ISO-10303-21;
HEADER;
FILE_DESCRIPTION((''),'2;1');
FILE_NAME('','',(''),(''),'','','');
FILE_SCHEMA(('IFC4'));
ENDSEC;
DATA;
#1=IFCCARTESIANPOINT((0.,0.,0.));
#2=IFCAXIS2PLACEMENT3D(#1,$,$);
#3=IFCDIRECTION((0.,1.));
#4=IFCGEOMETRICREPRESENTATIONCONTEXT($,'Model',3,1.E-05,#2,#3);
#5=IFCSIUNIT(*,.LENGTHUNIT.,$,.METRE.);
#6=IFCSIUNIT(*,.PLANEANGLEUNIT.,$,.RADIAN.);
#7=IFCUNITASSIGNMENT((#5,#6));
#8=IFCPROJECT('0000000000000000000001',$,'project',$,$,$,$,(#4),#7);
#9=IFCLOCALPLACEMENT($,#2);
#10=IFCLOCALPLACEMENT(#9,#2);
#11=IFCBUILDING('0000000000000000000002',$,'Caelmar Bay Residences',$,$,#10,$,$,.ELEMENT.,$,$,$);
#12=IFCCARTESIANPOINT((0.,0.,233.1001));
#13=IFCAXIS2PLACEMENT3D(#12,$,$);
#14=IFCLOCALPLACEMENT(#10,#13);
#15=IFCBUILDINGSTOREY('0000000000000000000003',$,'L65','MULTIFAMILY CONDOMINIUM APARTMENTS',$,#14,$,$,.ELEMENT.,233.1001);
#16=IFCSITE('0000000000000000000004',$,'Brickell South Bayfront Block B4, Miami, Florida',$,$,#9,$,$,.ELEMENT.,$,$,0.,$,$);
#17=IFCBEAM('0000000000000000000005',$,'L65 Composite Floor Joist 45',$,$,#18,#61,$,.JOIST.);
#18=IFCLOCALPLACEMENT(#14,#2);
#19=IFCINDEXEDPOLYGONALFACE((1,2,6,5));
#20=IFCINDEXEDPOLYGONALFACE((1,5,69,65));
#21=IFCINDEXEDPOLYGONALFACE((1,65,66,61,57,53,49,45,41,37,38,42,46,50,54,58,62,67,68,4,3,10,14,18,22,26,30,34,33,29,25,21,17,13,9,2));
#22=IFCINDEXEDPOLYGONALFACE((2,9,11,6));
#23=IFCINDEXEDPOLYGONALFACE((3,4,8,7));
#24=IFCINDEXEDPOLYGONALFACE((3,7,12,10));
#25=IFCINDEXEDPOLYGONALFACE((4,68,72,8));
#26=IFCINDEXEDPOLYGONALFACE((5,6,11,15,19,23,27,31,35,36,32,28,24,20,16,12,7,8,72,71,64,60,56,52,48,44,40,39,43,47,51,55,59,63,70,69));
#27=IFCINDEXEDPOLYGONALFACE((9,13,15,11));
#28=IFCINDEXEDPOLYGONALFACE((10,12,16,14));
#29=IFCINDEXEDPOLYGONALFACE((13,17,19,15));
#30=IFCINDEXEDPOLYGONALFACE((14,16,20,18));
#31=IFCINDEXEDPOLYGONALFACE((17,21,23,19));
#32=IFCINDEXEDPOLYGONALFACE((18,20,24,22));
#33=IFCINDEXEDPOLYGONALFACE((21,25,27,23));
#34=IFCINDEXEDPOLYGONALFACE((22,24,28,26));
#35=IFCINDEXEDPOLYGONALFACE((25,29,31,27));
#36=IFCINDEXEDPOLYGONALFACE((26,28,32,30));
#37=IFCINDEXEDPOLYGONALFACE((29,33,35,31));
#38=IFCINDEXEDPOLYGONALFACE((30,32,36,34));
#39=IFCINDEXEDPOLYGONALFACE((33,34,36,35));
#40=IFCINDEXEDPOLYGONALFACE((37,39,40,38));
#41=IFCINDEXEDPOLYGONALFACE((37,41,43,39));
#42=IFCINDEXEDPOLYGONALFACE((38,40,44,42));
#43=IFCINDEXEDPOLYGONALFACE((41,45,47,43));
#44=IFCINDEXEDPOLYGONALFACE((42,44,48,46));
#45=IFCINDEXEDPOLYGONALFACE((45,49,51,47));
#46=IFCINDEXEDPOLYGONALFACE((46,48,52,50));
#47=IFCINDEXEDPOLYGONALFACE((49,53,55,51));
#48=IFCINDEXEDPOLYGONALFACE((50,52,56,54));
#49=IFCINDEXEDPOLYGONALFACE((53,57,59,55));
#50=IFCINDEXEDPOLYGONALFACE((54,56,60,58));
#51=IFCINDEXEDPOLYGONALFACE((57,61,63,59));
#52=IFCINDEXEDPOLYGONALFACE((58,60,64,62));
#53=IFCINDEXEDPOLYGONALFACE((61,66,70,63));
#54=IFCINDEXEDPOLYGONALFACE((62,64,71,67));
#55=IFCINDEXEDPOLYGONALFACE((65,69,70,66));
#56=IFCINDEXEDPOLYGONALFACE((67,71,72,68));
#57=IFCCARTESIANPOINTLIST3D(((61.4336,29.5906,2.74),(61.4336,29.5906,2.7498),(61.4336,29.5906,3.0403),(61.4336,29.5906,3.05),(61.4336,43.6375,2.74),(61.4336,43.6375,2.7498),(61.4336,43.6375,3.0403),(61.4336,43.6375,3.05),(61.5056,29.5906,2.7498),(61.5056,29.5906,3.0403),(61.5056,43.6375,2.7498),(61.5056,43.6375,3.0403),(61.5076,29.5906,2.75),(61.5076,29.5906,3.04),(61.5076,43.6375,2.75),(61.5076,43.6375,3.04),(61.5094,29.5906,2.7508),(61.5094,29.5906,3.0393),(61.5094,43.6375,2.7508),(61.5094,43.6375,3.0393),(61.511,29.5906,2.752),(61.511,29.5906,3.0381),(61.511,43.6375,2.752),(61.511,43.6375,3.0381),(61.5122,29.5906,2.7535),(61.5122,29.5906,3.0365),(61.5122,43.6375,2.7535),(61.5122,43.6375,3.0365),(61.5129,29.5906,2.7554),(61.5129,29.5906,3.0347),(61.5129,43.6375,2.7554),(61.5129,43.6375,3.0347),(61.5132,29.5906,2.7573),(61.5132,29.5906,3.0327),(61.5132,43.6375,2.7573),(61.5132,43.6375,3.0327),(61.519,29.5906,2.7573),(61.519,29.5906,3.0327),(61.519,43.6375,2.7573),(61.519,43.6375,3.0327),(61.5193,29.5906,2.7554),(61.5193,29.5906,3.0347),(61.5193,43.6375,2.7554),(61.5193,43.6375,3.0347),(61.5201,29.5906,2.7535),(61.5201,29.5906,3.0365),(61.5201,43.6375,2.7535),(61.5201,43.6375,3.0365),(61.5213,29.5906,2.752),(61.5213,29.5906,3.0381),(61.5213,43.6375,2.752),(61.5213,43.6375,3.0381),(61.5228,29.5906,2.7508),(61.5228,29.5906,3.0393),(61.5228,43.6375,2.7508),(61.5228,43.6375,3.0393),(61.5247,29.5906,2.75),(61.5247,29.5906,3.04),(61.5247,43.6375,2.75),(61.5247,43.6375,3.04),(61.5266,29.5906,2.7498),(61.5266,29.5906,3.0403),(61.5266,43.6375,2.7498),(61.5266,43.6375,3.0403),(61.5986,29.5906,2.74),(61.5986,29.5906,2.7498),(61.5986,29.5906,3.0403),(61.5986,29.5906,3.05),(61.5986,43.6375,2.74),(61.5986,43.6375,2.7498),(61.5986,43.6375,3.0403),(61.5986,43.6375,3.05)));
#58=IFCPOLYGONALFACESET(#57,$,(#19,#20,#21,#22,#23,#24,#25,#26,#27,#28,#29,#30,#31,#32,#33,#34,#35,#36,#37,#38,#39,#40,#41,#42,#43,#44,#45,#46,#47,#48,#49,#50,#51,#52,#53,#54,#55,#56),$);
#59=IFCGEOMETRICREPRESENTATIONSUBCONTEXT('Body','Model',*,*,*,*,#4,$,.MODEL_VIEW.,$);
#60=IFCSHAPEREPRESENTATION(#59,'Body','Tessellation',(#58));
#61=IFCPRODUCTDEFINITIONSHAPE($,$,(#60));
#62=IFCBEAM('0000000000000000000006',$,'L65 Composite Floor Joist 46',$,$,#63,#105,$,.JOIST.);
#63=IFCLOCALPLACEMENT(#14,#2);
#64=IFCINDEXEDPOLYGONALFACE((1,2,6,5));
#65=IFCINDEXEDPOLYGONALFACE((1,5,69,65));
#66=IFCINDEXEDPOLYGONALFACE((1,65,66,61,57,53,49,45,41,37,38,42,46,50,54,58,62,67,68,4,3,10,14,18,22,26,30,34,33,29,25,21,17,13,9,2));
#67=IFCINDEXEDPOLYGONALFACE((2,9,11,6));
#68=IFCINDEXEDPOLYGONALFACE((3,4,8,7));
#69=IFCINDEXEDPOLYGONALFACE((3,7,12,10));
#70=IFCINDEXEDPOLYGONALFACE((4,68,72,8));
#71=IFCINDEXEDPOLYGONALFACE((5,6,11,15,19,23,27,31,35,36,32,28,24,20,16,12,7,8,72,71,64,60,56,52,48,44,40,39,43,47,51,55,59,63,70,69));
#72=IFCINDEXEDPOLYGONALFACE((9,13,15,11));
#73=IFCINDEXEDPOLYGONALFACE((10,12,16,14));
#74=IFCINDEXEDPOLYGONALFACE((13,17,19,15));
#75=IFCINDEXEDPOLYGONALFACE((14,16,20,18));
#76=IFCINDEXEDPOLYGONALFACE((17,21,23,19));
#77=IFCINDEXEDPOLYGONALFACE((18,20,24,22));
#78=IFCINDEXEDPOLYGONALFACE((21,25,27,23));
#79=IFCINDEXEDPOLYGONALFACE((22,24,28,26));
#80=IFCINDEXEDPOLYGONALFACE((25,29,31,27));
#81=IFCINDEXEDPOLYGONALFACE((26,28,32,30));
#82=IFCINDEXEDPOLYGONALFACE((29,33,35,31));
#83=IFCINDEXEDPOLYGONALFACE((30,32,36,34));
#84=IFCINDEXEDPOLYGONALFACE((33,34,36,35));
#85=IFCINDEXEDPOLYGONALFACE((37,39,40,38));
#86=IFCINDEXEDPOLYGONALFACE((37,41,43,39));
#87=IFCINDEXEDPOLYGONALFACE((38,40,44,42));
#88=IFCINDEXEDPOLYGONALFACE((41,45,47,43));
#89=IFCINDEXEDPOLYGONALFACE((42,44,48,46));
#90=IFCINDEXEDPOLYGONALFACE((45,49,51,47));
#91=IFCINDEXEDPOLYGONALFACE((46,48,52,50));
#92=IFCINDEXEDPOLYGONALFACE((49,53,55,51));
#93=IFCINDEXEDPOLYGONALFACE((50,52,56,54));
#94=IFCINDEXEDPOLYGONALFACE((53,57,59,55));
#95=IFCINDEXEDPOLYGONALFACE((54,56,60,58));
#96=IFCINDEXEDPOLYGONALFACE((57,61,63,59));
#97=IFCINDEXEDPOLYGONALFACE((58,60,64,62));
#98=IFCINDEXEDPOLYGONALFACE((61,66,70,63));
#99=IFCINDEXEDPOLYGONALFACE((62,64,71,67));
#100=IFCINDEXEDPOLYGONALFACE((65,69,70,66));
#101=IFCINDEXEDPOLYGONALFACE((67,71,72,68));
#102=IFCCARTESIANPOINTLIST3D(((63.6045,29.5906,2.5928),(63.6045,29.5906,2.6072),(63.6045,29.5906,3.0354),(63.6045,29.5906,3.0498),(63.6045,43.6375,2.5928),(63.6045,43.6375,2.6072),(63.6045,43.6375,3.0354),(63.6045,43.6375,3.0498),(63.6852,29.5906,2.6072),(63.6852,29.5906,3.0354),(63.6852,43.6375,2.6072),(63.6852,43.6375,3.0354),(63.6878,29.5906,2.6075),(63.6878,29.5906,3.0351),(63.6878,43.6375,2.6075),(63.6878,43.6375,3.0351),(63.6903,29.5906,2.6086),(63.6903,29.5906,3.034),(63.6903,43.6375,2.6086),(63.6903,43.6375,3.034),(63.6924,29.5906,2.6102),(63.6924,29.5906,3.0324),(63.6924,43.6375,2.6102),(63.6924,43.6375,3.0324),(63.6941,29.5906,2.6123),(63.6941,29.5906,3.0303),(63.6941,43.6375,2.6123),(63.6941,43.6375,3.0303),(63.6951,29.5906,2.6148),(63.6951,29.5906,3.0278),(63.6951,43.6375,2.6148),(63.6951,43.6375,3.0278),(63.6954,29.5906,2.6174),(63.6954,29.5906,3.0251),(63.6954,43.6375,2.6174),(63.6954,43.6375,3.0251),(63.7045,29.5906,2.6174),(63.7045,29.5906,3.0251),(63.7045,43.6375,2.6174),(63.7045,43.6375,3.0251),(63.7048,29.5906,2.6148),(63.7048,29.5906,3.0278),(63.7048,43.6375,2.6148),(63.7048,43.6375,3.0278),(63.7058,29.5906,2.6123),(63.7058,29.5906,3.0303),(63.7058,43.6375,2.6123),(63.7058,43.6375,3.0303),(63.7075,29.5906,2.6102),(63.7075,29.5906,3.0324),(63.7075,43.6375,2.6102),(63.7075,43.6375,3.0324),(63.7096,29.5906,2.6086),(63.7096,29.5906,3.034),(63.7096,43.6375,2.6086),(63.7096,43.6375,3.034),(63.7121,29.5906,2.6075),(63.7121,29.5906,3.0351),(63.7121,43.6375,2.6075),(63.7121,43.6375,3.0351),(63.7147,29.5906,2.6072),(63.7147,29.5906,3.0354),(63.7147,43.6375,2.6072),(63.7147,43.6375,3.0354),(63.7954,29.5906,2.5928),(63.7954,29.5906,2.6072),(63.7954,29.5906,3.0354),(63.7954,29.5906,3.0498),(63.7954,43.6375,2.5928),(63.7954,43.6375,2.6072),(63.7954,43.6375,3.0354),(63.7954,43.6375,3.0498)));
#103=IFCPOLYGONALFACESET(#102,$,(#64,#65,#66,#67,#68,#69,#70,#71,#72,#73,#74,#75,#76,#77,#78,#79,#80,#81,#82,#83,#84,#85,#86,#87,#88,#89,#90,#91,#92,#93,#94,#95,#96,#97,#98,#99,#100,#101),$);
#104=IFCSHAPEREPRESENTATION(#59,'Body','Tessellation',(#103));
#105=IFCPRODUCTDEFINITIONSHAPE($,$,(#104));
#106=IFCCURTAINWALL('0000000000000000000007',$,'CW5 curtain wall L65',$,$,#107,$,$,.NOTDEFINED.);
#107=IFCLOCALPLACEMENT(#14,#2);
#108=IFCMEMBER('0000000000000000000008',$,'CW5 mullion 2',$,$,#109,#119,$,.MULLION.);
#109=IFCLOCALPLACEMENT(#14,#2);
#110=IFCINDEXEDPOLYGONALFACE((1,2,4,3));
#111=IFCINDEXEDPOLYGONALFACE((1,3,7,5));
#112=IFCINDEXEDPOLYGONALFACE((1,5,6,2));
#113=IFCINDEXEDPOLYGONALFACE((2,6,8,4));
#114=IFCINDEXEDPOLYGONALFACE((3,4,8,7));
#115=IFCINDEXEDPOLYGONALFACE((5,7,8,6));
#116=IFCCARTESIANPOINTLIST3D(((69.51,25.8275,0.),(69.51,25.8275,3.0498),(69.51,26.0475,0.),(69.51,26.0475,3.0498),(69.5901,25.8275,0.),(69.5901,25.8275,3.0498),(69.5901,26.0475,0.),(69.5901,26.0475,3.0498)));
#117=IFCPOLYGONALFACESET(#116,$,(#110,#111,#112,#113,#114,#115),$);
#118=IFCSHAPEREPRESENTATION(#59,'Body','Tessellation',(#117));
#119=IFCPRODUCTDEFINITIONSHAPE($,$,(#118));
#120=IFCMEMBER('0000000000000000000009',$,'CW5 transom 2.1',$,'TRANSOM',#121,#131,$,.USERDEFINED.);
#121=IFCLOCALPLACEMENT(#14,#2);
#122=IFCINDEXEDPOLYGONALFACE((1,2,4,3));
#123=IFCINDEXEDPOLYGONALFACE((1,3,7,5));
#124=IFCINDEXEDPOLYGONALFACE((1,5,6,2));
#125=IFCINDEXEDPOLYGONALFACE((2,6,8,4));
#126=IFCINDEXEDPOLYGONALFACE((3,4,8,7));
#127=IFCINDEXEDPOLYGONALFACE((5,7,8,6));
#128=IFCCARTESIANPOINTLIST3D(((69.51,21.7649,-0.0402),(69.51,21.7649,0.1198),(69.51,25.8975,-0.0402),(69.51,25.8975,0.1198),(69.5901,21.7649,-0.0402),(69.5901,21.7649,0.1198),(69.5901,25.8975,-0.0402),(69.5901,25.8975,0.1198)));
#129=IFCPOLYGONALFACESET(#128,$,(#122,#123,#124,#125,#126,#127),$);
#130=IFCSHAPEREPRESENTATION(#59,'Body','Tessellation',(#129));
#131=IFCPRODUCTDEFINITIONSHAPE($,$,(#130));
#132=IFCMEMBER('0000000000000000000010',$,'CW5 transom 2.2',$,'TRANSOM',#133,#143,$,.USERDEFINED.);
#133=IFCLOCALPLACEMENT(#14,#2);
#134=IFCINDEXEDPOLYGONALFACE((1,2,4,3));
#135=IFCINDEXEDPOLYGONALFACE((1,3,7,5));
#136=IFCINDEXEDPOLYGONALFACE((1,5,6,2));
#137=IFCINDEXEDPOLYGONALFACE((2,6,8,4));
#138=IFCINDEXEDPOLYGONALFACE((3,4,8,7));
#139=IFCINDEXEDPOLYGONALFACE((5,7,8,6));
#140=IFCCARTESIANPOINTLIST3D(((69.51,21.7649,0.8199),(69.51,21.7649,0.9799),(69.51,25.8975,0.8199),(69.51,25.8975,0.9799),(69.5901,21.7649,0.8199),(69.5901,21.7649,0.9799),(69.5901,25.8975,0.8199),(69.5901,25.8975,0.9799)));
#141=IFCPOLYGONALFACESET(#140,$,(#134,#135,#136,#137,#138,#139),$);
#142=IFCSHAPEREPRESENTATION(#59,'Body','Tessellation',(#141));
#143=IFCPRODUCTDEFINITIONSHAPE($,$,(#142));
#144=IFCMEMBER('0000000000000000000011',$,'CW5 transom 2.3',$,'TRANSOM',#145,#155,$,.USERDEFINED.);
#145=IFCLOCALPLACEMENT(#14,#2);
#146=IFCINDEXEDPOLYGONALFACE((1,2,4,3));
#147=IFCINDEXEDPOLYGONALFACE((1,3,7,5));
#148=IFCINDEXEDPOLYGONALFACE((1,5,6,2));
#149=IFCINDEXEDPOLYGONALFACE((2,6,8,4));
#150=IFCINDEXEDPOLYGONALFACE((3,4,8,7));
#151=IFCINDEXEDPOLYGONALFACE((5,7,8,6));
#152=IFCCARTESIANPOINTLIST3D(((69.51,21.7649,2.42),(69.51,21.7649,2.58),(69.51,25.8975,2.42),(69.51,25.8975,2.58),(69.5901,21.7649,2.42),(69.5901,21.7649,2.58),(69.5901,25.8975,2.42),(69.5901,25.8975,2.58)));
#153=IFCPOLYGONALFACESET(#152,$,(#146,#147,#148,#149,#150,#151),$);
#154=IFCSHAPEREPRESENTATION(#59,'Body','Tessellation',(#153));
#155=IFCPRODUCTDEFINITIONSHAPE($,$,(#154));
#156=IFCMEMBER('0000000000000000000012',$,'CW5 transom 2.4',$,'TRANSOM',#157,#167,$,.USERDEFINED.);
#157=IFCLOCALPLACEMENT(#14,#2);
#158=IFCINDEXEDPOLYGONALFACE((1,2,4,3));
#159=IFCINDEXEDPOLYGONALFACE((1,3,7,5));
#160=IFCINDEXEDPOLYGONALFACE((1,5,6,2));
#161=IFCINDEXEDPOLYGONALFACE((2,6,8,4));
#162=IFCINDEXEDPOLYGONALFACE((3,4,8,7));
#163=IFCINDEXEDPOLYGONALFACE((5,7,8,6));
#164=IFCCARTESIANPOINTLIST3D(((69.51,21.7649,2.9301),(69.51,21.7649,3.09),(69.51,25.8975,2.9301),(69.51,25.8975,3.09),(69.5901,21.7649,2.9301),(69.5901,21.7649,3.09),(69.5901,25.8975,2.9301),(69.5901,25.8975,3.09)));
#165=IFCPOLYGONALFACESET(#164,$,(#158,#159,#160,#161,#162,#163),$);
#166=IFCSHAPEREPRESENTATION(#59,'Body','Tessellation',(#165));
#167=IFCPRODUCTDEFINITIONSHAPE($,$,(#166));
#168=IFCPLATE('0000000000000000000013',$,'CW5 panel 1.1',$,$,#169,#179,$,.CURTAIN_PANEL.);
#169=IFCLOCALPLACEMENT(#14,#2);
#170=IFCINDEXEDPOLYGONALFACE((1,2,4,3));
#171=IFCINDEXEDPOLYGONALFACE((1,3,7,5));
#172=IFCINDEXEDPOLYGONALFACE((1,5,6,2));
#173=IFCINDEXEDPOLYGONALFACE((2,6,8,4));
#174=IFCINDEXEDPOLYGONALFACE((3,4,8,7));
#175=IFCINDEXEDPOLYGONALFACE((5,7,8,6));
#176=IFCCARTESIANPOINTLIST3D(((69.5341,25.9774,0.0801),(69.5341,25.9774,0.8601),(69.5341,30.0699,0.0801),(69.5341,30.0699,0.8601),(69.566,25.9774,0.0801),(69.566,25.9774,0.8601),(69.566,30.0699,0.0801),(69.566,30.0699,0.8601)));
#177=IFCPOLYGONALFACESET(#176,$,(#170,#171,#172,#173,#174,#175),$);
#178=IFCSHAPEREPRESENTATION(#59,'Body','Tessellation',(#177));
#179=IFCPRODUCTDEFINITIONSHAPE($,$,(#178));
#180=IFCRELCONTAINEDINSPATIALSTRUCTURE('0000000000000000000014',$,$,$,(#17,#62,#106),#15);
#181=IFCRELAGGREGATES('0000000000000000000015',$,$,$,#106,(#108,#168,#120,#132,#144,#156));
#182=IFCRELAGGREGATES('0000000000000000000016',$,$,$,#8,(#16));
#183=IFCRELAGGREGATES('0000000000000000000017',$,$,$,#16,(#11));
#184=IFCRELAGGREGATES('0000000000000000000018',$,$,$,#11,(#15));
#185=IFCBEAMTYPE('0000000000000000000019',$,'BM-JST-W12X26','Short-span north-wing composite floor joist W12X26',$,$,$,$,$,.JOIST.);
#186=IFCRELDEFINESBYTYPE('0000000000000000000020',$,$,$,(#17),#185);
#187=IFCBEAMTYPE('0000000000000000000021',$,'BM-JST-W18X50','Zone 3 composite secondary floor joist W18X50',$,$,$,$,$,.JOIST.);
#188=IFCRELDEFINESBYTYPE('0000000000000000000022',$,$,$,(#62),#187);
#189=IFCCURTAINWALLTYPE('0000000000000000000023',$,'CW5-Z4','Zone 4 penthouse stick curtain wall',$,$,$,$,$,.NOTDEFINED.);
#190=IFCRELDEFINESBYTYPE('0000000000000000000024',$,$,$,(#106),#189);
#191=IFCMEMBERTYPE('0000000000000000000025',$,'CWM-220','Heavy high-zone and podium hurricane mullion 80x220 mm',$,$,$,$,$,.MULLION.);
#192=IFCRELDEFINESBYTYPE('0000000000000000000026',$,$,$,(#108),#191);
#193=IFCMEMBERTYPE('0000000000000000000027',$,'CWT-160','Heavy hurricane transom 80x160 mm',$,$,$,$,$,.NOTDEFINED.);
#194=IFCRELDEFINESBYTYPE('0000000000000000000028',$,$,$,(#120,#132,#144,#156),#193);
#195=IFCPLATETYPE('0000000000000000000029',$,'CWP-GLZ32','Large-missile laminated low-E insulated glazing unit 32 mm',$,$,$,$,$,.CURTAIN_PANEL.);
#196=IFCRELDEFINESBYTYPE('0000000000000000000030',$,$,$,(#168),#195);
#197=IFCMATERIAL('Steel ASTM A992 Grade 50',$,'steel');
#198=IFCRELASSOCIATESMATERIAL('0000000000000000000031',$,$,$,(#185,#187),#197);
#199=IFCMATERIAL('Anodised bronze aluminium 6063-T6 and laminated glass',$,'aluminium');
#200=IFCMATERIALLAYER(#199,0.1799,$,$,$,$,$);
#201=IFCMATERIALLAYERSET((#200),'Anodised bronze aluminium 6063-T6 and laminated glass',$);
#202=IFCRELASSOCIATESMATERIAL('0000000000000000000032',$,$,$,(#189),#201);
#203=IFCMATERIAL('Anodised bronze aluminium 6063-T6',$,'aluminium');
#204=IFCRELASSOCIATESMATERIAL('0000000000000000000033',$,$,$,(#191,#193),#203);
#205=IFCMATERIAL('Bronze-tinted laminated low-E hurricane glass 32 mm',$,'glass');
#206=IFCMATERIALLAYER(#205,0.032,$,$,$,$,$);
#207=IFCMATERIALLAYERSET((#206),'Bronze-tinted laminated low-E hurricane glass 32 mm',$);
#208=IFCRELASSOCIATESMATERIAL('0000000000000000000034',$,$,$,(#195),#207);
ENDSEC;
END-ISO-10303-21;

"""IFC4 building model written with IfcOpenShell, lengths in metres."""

from ifc_helpers import new_model, si_unit, direction, frame, origin, origin_2d, place, context, subcontext, project, spatial, rectangle, i_section, extrude, material, layer, layer_set, material_profile, profile_set, type_object, element, aggregate, save


model = new_model("IFC4")

# Units and contexts
model_context = context("Model", 3, precision=1e-05, world=origin(), true_north=direction((0.0, 1.0)))
body_context = subcontext(model_context, "Body", "Model", "MODEL_VIEW")
ifc_project = project(units=[si_unit("LENGTHUNIT", "METRE"), si_unit("PLANEANGLEUNIT", "RADIAN")], contexts=[model_context])

# Site, building, storey
site_placement = place(None, origin())
site = spatial("IfcSite", under=ifc_project, at=site_placement, Name="Brickell South Bayfront Block B4, Miami, Florida", CompositionType="ELEMENT", RefElevation=0.0)
building_placement = place(site_placement, origin())
building = spatial("IfcBuilding", under=site, at=building_placement, Name="Caelmar Bay Residences", CompositionType="ELEMENT")
storey_placement = place(building_placement, frame((0.0, 0.0, 233.1001)))
storey = spatial("IfcBuildingStorey", under=building, at=storey_placement, Name="L65", Description="MULTIFAMILY CONDOMINIUM APARTMENTS", CompositionType="ELEMENT", Elevation=233.1001)

# Beams
ifc_material_1 = material(Name="Steel ASTM A992 Grade 50", Category="steel")
ifc_material_profile_1 = material_profile(ifc_material_1, i_section(OverallWidth=0.165, OverallDepth=0.3101, WebThickness=0.0059, FlangeThickness=0.0098, FilletRadius=0.0076, at=origin_2d()), Name="W12X26")
ifc_profile_set_1 = profile_set([ifc_material_profile_1], Name="Steel ASTM A992 Grade 50")
beam_type_1 = type_object("IfcBeamType", Name="BM-JST-W12X26", Description="Short-span north-wing composite floor joist W12X26", PredefinedType="JOIST", material=ifc_profile_set_1)
beam_1_placement = place(storey_placement, frame((61.5161, 29.5906, 2.895), z_axis=(0.0, 1.0, 0.0), x_axis=(-1.0, 0.0, 0.0)))
element("IfcBeam", 1, at=beam_1_placement, inside=storey, type_object=beam_type_1, Name="L65 Composite Floor Joist 45", PredefinedType="JOIST", context=body_context, shape_type="SweptSolid", body=[
    extrude(i_section(OverallWidth=0.165, OverallDepth=0.3101, WebThickness=0.0059, FlangeThickness=0.0098, FilletRadius=0.0076, at=origin_2d()), origin(), (0.0, 0.0, 1.0), 14.0469),
])
ifc_material_profile_2 = material_profile(ifc_material_1, i_section(OverallWidth=0.1909, OverallDepth=0.457, WebThickness=0.009, FlangeThickness=0.0144, FilletRadius=0.0103, at=origin_2d()), Name="W18X50")
ifc_profile_set_2 = profile_set([ifc_material_profile_2], Name="Steel ASTM A992 Grade 50")
beam_type_2 = type_object("IfcBeamType", Name="BM-JST-W18X50", Description="Zone 3 composite secondary floor joist W18X50", PredefinedType="JOIST", material=ifc_profile_set_2)
beam_2_placement = place(storey_placement, frame((63.7, 29.5906, 2.8213), z_axis=(0.0, 1.0, 0.0), x_axis=(-1.0, 0.0, 0.0)))
element("IfcBeam", 2, at=beam_2_placement, inside=storey, type_object=beam_type_2, Name="L65 Composite Floor Joist 46", PredefinedType="JOIST", context=body_context, shape_type="SweptSolid", body=[
    extrude(i_section(OverallWidth=0.1909, OverallDepth=0.457, WebThickness=0.009, FlangeThickness=0.0144, FilletRadius=0.0103, at=origin_2d()), origin(), (0.0, 0.0, 1.0), 14.0469),
])

# Curtain wall, members, plate
ifc_material_2 = material(Name="Anodised bronze aluminium 6063-T6 and laminated glass", Category="aluminium")
ifc_layer_1 = layer(ifc_material_2, 0.1799)
ifc_layer_set_1 = layer_set([ifc_layer_1], Name="Anodised bronze aluminium 6063-T6 and laminated glass")
curtain_wall_type = type_object("IfcCurtainWallType", Name="CW5-Z4", Description="Zone 4 penthouse stick curtain wall", PredefinedType="NOTDEFINED", material=ifc_layer_set_1)
curtain_wall_placement = place(storey_placement, origin())
curtain_wall = element("IfcCurtainWall", 3, at=curtain_wall_placement, inside=storey, type_object=curtain_wall_type, Name="CW5 curtain wall L65", PredefinedType="NOTDEFINED")
ifc_material_3 = material(Name="Anodised bronze aluminium 6063-T6", Category="aluminium")
ifc_material_profile_3 = material_profile(ifc_material_3, rectangle(XDim=0.0801, YDim=0.22, at=origin_2d()), Name="CWM-80X220")
ifc_profile_set_3 = profile_set([ifc_material_profile_3], Name="Anodised bronze aluminium 6063-T6")
member_type_1 = type_object("IfcMemberType", Name="CWM-220", Description="Heavy high-zone and podium hurricane mullion 80x220 mm", PredefinedType="MULLION", material=ifc_profile_set_3)
member_1_placement = place(storey_placement, frame((69.55, 25.9375, 0.0), z_axis=(0.0, 0.0, 1.0), x_axis=(1.0, 0.0, 0.0)))
member_1 = element("IfcMember", 4, at=member_1_placement, type_object=member_type_1, Name="CW5 mullion 2", PredefinedType="MULLION", context=body_context, shape_type="SweptSolid", body=[
    extrude(rectangle(XDim=0.0801, YDim=0.22, at=origin_2d()), origin(), (0.0, 0.0, 1.0), 3.0498),
])
ifc_material_profile_4 = material_profile(ifc_material_3, rectangle(XDim=0.0801, YDim=0.1599, at=origin_2d()), Name="CWT-80X160")
ifc_profile_set_4 = profile_set([ifc_material_profile_4], Name="Anodised bronze aluminium 6063-T6")
member_type_2 = type_object("IfcMemberType", Name="CWT-160", Description="Heavy hurricane transom 80x160 mm", PredefinedType="NOTDEFINED", material=ifc_profile_set_4)
member_2_placement = place(storey_placement, frame((69.55, 25.8975, 0.0398), z_axis=(0.0, -1.0, 0.0), x_axis=(1.0, 0.0, 0.0)))
member_2 = element("IfcMember", 5, at=member_2_placement, type_object=member_type_2, Name="CW5 transom 2.1", ObjectType="TRANSOM", PredefinedType="USERDEFINED", context=body_context, shape_type="SweptSolid", body=[
    extrude(rectangle(XDim=0.0801, YDim=0.1599, at=origin_2d()), origin(), (0.0, 0.0, 1.0), 4.1326),
])
member_3_placement = place(storey_placement, frame((69.55, 25.8975, 0.8999), z_axis=(0.0, -1.0, 0.0), x_axis=(1.0, 0.0, 0.0)))
member_3 = element("IfcMember", 6, at=member_3_placement, type_object=member_type_2, Name="CW5 transom 2.2", ObjectType="TRANSOM", PredefinedType="USERDEFINED", context=body_context, shape_type="SweptSolid", body=[
    extrude(rectangle(XDim=0.0801, YDim=0.1599, at=origin_2d()), origin(), (0.0, 0.0, 1.0), 4.1326),
])
member_4_placement = place(storey_placement, frame((69.55, 25.8975, 2.5), z_axis=(0.0, -1.0, 0.0), x_axis=(1.0, 0.0, 0.0)))
member_4 = element("IfcMember", 7, at=member_4_placement, type_object=member_type_2, Name="CW5 transom 2.3", ObjectType="TRANSOM", PredefinedType="USERDEFINED", context=body_context, shape_type="SweptSolid", body=[
    extrude(rectangle(XDim=0.0801, YDim=0.1599, at=origin_2d()), origin(), (0.0, 0.0, 1.0), 4.1326),
])
member_5_placement = place(storey_placement, frame((69.55, 25.8975, 3.01), z_axis=(0.0, -1.0, 0.0), x_axis=(1.0, 0.0, 0.0)))
member_5 = element("IfcMember", 8, at=member_5_placement, type_object=member_type_2, Name="CW5 transom 2.4", ObjectType="TRANSOM", PredefinedType="USERDEFINED", context=body_context, shape_type="SweptSolid", body=[
    extrude(rectangle(XDim=0.0801, YDim=0.1599, at=origin_2d()), origin(), (0.0, 0.0, 1.0), 4.1326),
])
ifc_material_4 = material(Name="Bronze-tinted laminated low-E hurricane glass 32 mm", Category="glass")
ifc_layer_2 = layer(ifc_material_4, 0.032)
ifc_layer_set_2 = layer_set([ifc_layer_2], Name="Bronze-tinted laminated low-E hurricane glass 32 mm")
plate_type = type_object("IfcPlateType", Name="CWP-GLZ32", Description="Large-missile laminated low-E insulated glazing unit 32 mm", PredefinedType="CURTAIN_PANEL", material=ifc_layer_set_2)
plate_1_placement = place(storey_placement, frame((69.55, 28.0237, 0.0801), z_axis=(0.0, 0.0, 1.0), x_axis=(0.0, -1.0, 0.0)))
plate_1 = element("IfcPlate", 9, at=plate_1_placement, type_object=plate_type, Name="CW5 panel 1.1", PredefinedType="CURTAIN_PANEL", context=body_context, shape_type="SweptSolid", body=[
    extrude(rectangle(XDim=4.0925, YDim=0.032, at=origin_2d()), origin(), (0.0, 0.0, 1.0), 0.78),
])
aggregate(curtain_wall, [member_1, plate_1, member_2, member_3, member_4, member_5])

save(model, "model.ifc")
